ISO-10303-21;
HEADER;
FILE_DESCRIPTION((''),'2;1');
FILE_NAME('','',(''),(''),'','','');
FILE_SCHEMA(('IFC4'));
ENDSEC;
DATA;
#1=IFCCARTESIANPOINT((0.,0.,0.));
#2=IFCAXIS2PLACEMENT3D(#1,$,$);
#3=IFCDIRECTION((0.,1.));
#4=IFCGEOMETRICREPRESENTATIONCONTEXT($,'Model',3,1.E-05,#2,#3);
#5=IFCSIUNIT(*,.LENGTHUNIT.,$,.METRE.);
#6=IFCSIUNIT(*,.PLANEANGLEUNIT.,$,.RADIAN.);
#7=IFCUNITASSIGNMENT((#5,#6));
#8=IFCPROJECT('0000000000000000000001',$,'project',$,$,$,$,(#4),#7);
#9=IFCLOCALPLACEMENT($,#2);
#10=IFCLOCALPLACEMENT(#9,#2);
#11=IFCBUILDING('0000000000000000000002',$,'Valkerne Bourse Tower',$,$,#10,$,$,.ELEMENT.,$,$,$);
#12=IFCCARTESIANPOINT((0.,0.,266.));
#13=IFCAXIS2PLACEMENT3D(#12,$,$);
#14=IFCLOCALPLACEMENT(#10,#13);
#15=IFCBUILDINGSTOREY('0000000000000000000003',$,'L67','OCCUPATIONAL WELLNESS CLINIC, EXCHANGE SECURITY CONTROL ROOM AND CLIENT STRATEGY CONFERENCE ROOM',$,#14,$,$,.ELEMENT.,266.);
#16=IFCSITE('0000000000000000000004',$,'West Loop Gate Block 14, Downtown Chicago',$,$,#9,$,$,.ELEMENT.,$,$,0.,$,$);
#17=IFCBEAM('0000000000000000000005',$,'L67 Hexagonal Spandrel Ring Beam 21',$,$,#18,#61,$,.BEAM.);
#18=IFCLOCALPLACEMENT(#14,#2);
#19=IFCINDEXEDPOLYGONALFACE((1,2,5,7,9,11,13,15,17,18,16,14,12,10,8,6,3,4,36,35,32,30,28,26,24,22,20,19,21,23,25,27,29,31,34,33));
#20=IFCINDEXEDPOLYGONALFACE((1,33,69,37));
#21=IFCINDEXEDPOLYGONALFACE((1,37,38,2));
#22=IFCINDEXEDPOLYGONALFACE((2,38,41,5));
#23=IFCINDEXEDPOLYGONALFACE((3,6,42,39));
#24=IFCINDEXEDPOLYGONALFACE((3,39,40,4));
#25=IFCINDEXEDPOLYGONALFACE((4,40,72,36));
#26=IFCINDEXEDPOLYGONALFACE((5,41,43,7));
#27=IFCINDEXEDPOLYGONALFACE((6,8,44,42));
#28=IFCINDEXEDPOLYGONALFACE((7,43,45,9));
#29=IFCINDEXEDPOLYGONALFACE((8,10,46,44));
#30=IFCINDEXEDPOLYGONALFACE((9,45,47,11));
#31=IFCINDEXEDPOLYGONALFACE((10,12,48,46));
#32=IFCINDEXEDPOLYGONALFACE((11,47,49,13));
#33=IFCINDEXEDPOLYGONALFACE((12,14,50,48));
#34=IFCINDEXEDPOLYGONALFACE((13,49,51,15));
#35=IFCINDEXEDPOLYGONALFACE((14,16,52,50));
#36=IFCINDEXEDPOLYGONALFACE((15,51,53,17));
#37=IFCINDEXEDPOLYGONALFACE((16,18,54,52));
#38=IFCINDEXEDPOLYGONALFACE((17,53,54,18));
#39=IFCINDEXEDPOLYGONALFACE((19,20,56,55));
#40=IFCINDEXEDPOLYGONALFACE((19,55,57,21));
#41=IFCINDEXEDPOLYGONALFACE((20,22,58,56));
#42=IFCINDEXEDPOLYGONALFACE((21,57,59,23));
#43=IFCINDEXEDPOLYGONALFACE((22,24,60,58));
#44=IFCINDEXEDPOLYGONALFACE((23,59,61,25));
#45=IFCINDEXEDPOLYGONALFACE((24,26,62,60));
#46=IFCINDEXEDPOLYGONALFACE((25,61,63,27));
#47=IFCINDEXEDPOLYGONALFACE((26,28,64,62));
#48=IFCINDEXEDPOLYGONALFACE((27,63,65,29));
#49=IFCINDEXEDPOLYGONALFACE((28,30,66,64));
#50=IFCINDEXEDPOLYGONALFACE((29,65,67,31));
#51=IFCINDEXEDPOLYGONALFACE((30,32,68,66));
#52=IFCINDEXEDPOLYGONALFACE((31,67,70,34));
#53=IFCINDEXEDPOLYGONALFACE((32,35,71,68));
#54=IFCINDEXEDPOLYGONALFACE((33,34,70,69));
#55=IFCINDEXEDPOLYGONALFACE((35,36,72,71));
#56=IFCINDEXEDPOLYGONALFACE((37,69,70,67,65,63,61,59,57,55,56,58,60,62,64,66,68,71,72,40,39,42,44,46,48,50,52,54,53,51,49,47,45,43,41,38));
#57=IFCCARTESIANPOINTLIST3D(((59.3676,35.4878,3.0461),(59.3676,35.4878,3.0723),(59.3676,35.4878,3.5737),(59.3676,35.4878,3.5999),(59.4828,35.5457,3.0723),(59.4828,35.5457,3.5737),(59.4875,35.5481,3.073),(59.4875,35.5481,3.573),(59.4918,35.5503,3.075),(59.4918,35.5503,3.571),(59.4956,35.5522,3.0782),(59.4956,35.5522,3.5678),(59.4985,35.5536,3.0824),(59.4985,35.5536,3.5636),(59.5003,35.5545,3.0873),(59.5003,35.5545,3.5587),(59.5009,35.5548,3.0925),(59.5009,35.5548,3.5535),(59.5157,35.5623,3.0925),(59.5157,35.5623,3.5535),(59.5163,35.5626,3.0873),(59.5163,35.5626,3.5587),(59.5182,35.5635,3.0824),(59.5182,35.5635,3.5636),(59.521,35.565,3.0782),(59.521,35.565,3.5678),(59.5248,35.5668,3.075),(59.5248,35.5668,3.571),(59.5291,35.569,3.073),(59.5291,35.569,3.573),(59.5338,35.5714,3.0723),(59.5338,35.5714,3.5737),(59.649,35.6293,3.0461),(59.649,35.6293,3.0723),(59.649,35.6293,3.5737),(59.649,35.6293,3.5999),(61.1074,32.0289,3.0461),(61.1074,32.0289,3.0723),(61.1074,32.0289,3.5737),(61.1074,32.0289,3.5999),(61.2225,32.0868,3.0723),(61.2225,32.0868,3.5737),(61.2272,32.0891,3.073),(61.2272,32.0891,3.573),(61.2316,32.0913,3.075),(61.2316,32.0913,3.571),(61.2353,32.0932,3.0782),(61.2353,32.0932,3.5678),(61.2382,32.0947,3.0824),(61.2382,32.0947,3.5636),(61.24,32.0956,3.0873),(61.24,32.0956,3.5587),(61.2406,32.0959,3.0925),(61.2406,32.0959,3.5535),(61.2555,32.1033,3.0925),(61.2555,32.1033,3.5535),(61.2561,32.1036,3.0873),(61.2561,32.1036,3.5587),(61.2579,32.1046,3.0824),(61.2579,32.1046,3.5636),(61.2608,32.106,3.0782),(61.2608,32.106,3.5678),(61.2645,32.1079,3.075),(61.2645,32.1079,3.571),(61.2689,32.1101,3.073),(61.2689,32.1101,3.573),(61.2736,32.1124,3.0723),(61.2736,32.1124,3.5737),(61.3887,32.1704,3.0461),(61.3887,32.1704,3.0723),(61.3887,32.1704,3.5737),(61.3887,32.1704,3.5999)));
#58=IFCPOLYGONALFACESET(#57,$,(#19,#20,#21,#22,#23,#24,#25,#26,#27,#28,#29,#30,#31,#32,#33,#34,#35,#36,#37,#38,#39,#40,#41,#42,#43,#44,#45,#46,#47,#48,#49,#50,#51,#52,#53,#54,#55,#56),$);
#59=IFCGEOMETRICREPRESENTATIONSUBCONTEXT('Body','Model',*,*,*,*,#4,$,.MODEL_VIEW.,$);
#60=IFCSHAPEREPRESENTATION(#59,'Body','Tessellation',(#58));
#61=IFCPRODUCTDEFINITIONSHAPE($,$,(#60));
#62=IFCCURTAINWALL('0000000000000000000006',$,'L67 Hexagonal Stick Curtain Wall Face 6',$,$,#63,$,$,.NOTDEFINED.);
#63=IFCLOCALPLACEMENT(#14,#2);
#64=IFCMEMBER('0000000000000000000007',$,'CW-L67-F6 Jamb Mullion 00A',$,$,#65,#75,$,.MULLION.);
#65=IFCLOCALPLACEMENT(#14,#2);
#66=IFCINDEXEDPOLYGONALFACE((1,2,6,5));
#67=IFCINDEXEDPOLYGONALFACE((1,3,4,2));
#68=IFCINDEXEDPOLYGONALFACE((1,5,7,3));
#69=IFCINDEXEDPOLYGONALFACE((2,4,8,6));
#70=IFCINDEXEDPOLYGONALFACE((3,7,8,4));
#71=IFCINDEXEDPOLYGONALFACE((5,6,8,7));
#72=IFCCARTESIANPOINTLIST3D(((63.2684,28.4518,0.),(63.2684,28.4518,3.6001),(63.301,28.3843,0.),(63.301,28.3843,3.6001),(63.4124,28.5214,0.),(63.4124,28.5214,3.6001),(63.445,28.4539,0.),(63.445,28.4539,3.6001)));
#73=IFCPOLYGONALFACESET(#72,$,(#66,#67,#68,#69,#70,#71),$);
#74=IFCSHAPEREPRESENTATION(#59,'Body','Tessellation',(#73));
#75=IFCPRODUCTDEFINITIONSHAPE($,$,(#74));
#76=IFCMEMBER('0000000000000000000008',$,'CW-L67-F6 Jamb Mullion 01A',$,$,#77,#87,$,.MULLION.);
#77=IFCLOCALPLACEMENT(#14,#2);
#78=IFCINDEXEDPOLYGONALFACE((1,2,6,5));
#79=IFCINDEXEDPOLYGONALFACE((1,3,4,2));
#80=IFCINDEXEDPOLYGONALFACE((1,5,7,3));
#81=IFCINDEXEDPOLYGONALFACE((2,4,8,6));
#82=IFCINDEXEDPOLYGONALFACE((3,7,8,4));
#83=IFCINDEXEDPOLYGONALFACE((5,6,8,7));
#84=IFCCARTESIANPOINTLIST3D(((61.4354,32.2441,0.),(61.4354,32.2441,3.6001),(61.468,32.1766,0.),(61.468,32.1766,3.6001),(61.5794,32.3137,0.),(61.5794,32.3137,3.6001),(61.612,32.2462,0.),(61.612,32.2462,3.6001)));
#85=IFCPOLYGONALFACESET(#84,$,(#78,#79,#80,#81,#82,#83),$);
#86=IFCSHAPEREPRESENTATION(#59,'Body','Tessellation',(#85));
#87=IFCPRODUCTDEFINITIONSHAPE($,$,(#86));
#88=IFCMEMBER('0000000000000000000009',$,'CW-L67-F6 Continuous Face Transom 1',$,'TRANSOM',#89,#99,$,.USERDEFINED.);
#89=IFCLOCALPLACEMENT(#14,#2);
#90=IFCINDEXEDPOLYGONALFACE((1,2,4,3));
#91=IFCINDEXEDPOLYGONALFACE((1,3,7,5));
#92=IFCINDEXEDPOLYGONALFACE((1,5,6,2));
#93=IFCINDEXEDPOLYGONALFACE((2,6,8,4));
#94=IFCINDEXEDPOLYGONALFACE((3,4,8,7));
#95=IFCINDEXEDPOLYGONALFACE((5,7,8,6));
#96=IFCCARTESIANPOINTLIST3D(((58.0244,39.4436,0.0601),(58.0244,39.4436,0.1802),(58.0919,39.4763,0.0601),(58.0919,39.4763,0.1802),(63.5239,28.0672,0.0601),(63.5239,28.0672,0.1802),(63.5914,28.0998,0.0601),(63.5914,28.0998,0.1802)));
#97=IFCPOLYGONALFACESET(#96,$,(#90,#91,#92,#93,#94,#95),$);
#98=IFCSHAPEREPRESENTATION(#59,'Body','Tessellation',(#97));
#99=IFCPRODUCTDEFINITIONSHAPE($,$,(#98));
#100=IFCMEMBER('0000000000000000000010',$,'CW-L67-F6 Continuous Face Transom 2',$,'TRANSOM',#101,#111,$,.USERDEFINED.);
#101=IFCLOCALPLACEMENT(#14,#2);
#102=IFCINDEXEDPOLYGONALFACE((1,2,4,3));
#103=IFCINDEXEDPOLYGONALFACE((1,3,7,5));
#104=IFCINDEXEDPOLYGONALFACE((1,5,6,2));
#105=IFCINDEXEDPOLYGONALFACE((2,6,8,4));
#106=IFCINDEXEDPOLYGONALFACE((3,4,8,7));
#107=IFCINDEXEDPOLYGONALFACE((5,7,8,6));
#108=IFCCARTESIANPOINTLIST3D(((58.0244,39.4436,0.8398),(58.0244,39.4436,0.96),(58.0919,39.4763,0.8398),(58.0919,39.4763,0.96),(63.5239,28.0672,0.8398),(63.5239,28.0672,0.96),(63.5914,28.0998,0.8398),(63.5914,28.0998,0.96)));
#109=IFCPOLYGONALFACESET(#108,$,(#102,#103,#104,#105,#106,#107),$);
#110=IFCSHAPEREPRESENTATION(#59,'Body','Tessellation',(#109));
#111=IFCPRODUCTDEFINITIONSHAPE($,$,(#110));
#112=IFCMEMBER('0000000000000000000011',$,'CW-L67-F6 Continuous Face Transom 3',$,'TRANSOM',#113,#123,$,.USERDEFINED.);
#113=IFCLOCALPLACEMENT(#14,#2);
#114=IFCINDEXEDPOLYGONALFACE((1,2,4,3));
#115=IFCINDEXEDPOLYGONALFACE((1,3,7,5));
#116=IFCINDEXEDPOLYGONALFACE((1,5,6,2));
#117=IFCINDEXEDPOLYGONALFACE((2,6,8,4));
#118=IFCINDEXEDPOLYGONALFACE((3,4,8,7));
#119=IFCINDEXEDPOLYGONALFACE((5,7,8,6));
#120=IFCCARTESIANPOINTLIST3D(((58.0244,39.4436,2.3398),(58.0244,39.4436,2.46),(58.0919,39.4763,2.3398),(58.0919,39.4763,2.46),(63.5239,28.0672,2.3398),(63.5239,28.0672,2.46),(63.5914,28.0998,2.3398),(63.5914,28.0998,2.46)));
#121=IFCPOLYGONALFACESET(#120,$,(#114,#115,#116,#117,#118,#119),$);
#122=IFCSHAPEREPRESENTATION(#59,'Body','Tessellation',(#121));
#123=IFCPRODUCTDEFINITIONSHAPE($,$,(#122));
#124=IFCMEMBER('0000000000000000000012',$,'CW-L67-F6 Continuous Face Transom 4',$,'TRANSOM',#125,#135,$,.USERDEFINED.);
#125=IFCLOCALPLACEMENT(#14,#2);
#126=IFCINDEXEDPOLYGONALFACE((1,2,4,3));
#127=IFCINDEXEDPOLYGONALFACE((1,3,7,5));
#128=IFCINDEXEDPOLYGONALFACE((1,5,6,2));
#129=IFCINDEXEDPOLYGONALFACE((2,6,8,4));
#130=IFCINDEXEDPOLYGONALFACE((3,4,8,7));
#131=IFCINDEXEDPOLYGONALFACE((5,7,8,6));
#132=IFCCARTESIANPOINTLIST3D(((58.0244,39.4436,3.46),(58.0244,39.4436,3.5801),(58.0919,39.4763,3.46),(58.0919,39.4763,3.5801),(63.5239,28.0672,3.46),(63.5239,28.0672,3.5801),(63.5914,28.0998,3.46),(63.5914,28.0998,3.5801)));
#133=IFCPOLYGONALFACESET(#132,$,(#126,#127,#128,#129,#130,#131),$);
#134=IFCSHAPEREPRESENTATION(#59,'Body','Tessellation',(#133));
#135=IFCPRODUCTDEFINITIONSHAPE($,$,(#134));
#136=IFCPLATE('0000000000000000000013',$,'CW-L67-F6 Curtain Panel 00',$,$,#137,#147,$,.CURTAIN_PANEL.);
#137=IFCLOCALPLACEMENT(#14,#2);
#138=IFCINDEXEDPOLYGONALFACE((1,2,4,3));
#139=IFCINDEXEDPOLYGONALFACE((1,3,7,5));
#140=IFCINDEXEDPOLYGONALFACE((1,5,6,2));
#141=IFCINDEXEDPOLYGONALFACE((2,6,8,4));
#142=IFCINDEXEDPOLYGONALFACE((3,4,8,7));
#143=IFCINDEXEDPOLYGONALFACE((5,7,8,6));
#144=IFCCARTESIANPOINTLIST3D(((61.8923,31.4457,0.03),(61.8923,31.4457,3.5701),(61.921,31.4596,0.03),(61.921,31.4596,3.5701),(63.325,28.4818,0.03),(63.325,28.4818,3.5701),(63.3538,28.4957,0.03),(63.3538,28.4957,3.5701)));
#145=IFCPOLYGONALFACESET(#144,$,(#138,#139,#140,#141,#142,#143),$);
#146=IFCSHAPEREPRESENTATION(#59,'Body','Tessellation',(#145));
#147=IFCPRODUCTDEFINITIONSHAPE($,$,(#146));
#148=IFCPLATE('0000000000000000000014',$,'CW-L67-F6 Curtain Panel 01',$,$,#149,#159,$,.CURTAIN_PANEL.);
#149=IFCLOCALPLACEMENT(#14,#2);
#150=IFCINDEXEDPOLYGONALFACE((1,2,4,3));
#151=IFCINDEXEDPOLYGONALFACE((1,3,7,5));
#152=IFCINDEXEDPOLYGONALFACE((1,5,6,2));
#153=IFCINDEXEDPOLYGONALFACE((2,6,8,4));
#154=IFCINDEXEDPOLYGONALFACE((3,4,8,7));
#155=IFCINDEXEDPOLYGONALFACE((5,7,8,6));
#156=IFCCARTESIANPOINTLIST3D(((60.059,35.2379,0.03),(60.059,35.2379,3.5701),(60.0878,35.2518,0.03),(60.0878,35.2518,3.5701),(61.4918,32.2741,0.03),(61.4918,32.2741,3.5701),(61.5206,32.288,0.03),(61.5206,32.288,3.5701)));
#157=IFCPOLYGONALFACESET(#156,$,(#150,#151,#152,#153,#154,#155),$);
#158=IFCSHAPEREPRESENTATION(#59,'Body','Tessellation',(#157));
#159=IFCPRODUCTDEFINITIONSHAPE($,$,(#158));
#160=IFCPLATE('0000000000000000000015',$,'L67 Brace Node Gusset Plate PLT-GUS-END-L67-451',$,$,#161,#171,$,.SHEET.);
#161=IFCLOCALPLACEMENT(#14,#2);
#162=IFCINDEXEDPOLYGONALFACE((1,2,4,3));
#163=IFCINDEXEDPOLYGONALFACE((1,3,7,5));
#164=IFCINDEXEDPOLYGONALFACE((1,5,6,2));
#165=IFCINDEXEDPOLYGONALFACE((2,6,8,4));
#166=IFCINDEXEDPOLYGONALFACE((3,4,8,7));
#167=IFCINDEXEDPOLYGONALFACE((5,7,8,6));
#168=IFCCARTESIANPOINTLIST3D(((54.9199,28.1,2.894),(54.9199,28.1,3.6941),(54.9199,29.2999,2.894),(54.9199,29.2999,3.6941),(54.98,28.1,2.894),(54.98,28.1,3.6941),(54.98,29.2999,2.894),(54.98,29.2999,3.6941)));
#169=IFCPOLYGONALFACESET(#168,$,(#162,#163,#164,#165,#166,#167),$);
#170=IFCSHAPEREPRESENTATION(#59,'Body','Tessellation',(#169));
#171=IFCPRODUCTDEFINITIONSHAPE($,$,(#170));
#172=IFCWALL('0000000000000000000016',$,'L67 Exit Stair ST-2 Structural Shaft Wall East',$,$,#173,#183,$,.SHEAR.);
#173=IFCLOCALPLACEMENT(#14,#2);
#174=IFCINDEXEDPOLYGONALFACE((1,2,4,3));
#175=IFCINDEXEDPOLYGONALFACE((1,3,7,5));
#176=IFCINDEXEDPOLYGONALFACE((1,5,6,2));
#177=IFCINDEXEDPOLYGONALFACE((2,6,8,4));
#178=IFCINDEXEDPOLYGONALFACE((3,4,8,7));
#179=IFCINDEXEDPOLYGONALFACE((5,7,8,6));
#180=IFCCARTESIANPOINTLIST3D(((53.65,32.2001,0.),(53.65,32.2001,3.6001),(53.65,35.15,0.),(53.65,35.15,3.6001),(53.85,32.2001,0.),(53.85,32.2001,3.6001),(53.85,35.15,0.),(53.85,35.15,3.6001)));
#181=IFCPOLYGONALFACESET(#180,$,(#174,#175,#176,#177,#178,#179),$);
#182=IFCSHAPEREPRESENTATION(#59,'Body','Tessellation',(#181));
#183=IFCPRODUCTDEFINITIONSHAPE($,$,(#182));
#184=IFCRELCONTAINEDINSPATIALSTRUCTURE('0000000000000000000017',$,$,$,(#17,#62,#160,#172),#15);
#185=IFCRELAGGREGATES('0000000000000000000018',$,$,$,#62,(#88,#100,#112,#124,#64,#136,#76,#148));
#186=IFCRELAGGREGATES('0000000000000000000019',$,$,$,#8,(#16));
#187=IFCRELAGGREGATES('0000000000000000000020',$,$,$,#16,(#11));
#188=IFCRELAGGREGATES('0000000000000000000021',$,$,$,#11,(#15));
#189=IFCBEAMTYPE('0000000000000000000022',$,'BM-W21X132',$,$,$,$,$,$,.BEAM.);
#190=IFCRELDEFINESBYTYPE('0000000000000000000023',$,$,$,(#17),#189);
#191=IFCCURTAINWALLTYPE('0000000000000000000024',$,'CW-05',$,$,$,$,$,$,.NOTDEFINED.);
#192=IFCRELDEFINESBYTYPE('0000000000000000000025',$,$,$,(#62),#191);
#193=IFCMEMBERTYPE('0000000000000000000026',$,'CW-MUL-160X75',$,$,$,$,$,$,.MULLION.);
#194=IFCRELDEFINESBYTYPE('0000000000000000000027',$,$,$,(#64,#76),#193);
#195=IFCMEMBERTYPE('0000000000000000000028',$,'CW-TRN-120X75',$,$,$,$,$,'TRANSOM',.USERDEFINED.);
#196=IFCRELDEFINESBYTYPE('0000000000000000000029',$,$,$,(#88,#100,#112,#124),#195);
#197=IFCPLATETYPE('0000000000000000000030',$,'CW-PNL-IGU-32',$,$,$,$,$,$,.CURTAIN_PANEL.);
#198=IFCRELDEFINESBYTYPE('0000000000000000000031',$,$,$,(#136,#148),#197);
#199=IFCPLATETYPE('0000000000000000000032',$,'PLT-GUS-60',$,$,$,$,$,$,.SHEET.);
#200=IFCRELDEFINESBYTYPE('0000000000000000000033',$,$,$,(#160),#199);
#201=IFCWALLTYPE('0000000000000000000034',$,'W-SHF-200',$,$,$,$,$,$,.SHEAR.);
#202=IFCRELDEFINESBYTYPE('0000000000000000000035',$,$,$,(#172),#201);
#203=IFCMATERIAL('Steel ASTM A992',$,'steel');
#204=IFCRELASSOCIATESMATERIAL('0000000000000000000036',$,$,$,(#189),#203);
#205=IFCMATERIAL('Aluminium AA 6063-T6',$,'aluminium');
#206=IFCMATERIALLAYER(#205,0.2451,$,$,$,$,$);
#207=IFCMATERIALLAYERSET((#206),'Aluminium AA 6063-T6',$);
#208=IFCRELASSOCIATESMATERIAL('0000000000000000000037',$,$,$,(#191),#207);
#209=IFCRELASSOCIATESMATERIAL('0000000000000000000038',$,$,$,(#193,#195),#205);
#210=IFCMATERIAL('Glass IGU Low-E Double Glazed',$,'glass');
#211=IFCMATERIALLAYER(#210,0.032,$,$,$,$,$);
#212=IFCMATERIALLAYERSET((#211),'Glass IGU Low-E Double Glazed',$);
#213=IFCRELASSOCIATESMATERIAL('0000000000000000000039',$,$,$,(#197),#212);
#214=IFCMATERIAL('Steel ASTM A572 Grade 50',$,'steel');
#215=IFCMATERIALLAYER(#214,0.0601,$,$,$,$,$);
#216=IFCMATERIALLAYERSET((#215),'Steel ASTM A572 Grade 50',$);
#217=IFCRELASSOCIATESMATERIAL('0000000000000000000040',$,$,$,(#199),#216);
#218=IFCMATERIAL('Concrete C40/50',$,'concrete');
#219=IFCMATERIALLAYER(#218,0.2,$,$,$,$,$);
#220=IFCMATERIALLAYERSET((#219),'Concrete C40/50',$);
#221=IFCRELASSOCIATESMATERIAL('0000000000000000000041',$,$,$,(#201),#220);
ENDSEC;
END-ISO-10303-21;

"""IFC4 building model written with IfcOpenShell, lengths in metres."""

from ifc_helpers import new_model, si_unit, direction, frame, frame_2d, origin, origin_2d, place, context, subcontext, project, spatial, rectangle, i_section, extrude, material, layer, layer_set, material_profile, profile_set, type_object, element, aggregate, save


model = new_model("IFC4")

# Units and contexts
model_context = context("Model", 3, precision=1e-05, world=origin(), true_north=direction((0.0, 1.0)))
body_context = subcontext(model_context, "Body", "Model", "MODEL_VIEW")
ifc_project = project(units=[si_unit("LENGTHUNIT", "METRE"), si_unit("PLANEANGLEUNIT", "RADIAN")], contexts=[model_context])

# Site, building, storey
site_placement = place(None, origin())
site = spatial("IfcSite", under=ifc_project, at=site_placement, Name="West Loop Gate Block 14, Downtown Chicago", CompositionType="ELEMENT", RefElevation=0.0)
building_placement = place(site_placement, origin())
building = spatial("IfcBuilding", under=site, at=building_placement, Name="Valkerne Bourse Tower", CompositionType="ELEMENT")
storey_placement = place(building_placement, frame((0.0, 0.0, 266.0)))
storey = spatial("IfcBuildingStorey", under=building, at=storey_placement, Name="L67", Description="OCCUPATIONAL WELLNESS CLINIC, EXCHANGE SECURITY CONTROL ROOM AND CLIENT STRATEGY CONFERENCE ROOM", CompositionType="ELEMENT", Elevation=266.0)

# Beam
ifc_material_1 = material(Name="Steel ASTM A992", Category="steel")
ifc_material_profile_1 = material_profile(ifc_material_1, i_section(OverallWidth=0.3149, OverallDepth=0.5537, WebThickness=0.0166, FlangeThickness=0.0261, FilletRadius=0.0203, at=origin_2d()), Name="W21X132")
ifc_profile_set_1 = profile_set([ifc_material_profile_1], Name="Steel ASTM A992")
beam_type_1 = type_object("IfcBeamType", Name="BM-W21X132", PredefinedType="BEAM", material=ifc_profile_set_1)
for number, where, z_axis, x_axis, name in (
    (1, (61.248, 32.0996, 3.323), (-0.449331, 0.893365, 0.0), (-0.893365, -0.449331, 0.0), "L67 Hexagonal Spandrel Ring Beam 21"),
):
    element("IfcBeam", number, at=place(storey_placement, frame(where, z_axis=z_axis, x_axis=x_axis)), inside=storey, type_object=beam_type_1, Name=name, PredefinedType="BEAM", context=body_context, shape_type="SweptSolid", body=[
        extrude(i_section(OverallWidth=0.3149, OverallDepth=0.5537, WebThickness=0.0166, FlangeThickness=0.0261, FilletRadius=0.0203, at=origin_2d()), origin(), (0.0, 0.0, 1.0), 3.8718),
    ])

# Curtain wall, members, plates
ifc_material_2 = material(Name="Aluminium AA 6063-T6", Category="aluminium")
ifc_layer_1 = layer(ifc_material_2, 0.2451)
ifc_layer_set_1 = layer_set([ifc_layer_1], Name="Aluminium AA 6063-T6")
curtain_wall_type = type_object("IfcCurtainWallType", Name="CW-05", PredefinedType="NOTDEFINED", material=ifc_layer_set_1)
curtain_wall_placement = place(storey_placement, origin())
curtain_wall = element("IfcCurtainWall", 2, at=curtain_wall_placement, inside=storey, type_object=curtain_wall_type, Name="L67 Hexagonal Stick Curtain Wall Face 6", PredefinedType="NOTDEFINED")
ifc_material_profile_2 = material_profile(ifc_material_2, rectangle(XDim=0.075, YDim=0.1599, at=origin_2d()), Name="CWM-75X160")
ifc_profile_set_2 = profile_set([ifc_material_profile_2], Name="Aluminium AA 6063-T6")
member_type_1 = type_object("IfcMemberType", Name="CW-MUL-160X75", PredefinedType="MULLION", material=ifc_profile_set_2)
member_1_placement = place(storey_placement, frame((63.3567, 28.4529, 0.0), z_axis=(0.0, 0.0, 1.0), x_axis=(-0.435236, 0.900316, 0.0)))
member_1 = element("IfcMember", 3, at=member_1_placement, type_object=member_type_1, Name="CW-L67-F6 Jamb Mullion 00A", PredefinedType="MULLION", context=body_context, shape_type="SweptSolid", body=[
    extrude(rectangle(XDim=0.075, YDim=0.1599, at=origin_2d()), origin(), (0.0, 0.0, 1.0), 3.6001),
])
member_2_placement = place(storey_placement, frame((61.5237, 32.2451, 0.0), z_axis=(0.0, 0.0, 1.0), x_axis=(-0.435236, 0.900316, 0.0)))
member_2 = element("IfcMember", 4, at=member_2_placement, type_object=member_type_1, Name="CW-L67-F6 Jamb Mullion 01A", PredefinedType="MULLION", context=body_context, shape_type="SweptSolid", body=[
    extrude(rectangle(XDim=0.075, YDim=0.1599, at=origin_2d()), origin(), (0.0, 0.0, 1.0), 3.6001),
])
ifc_material_profile_3 = material_profile(ifc_material_2, rectangle(XDim=0.075, YDim=0.1201, at=origin_2d()), Name="CWT-75X120")
ifc_profile_set_3 = profile_set([ifc_material_profile_3], Name="Aluminium AA 6063-T6")
member_type_2 = type_object("IfcMemberType", Name="CW-TRN-120X75", ElementType="TRANSOM", PredefinedType="USERDEFINED", material=ifc_profile_set_3)
member_3_placement = place(storey_placement, frame((63.5576, 28.0835, 0.1201), z_axis=(-0.435226, 0.900321, 0.0), x_axis=(-0.900321, -0.435226, 0.0)))
member_3 = element("IfcMember", 5, at=member_3_placement, type_object=member_type_2, Name="CW-L67-F6 Continuous Face Transom 1", ObjectType="TRANSOM", PredefinedType="USERDEFINED", context=body_context, shape_type="SweptSolid", body=[
    extrude(rectangle(XDim=0.075, YDim=0.1201, at=origin_2d()), origin(), (0.0, 0.0, 1.0), 12.636),
])
member_4_placement = place(storey_placement, frame((63.5576, 28.0835, 0.8999), z_axis=(-0.435226, 0.900321, 0.0), x_axis=(-0.900321, -0.435226, 0.0)))
member_4 = element("IfcMember", 6, at=member_4_placement, type_object=member_type_2, Name="CW-L67-F6 Continuous Face Transom 2", ObjectType="TRANSOM", PredefinedType="USERDEFINED", context=body_context, shape_type="SweptSolid", body=[
    extrude(rectangle(XDim=0.075, YDim=0.1201, at=origin_2d()), origin(), (0.0, 0.0, 1.0), 12.636),
])
member_5_placement = place(storey_placement, frame((63.5576, 28.0835, 2.3999), z_axis=(-0.435226, 0.900321, 0.0), x_axis=(-0.900321, -0.435226, 0.0)))
member_5 = element("IfcMember", 7, at=member_5_placement, type_object=member_type_2, Name="CW-L67-F6 Continuous Face Transom 3", ObjectType="TRANSOM", PredefinedType="USERDEFINED", context=body_context, shape_type="SweptSolid", body=[
    extrude(rectangle(XDim=0.075, YDim=0.1201, at=origin_2d()), origin(), (0.0, 0.0, 1.0), 12.636),
])
member_6_placement = place(storey_placement, frame((63.5576, 28.0835, 3.52), z_axis=(-0.435226, 0.900321, 0.0), x_axis=(-0.900321, -0.435226, 0.0)))
member_6 = element("IfcMember", 8, at=member_6_placement, type_object=member_type_2, Name="CW-L67-F6 Continuous Face Transom 4", ObjectType="TRANSOM", PredefinedType="USERDEFINED", context=body_context, shape_type="SweptSolid", body=[
    extrude(rectangle(XDim=0.075, YDim=0.1201, at=origin_2d()), origin(), (0.0, 0.0, 1.0), 12.636),
])
ifc_material_3 = material(Name="Glass IGU Low-E Double Glazed", Category="glass")
ifc_layer_2 = layer(ifc_material_3, 0.032)
ifc_layer_set_2 = layer_set([ifc_layer_2], Name="Glass IGU Low-E Double Glazed")
plate_type_1 = type_object("IfcPlateType", Name="CW-PNL-IGU-32", PredefinedType="CURTAIN_PANEL", material=ifc_layer_set_2)
plate_1_placement = place(storey_placement, frame((62.623, 29.9707, 0.03), z_axis=(0.0, 0.0, 1.0), x_axis=(-0.435236, 0.900316, 0.0)))
plate_1 = element("IfcPlate", 9, at=plate_1_placement, type_object=plate_type_1, Name="CW-L67-F6 Curtain Panel 00", PredefinedType="CURTAIN_PANEL", context=body_context, shape_type="SweptSolid", body=[
    extrude(rectangle(XDim=3.292, YDim=0.032, at=origin_2d()), origin(), (0.0, 0.0, 1.0), 3.54),
])
plate_2_placement = place(storey_placement, frame((60.7898, 33.7629, 0.03), z_axis=(0.0, 0.0, 1.0), x_axis=(-0.435236, 0.900316, 0.0)))
plate_2 = element("IfcPlate", 10, at=plate_2_placement, type_object=plate_type_1, Name="CW-L67-F6 Curtain Panel 01", PredefinedType="CURTAIN_PANEL", context=body_context, shape_type="SweptSolid", body=[
    extrude(rectangle(XDim=3.292, YDim=0.032, at=origin_2d()), origin(), (0.0, 0.0, 1.0), 3.54),
])
aggregate(curtain_wall, [member_3, member_4, member_5, member_6, member_1, plate_1, member_2, plate_2])

# Plate
ifc_material_4 = material(Name="Steel ASTM A572 Grade 50", Category="steel")
ifc_layer_3 = layer(ifc_material_4, 0.0601)
ifc_layer_set_3 = layer_set([ifc_layer_3], Name="Steel ASTM A572 Grade 50")
plate_type_2 = type_object("IfcPlateType", Name="PLT-GUS-60", PredefinedType="SHEET", material=ifc_layer_set_3)
plate_3_placement = place(storey_placement, frame((54.95, 28.7, 2.894), z_axis=(0.0, 0.0, 1.0), x_axis=(0.0, 1.0, 0.0)))
element("IfcPlate", 11, at=plate_3_placement, inside=storey, type_object=plate_type_2, Name="L67 Brace Node Gusset Plate PLT-GUS-END-L67-451", PredefinedType="SHEET", context=body_context, shape_type="SweptSolid", body=[
    extrude(rectangle(XDim=1.2, YDim=0.0601, at=origin_2d()), origin(), (0.0, 0.0, 1.0), 0.8),
])

# Wall
ifc_material_5 = material(Name="Concrete C40/50", Category="concrete")
ifc_layer_4 = layer(ifc_material_5, 0.2)
ifc_layer_set_4 = layer_set([ifc_layer_4], Name="Concrete C40/50")
wall_type = type_object("IfcWallType", Name="W-SHF-200", PredefinedType="SHEAR", material=ifc_layer_set_4)
wall_placement = place(storey_placement, frame((53.75, 32.2, 0.0), z_axis=(0.0, 0.0, 1.0), x_axis=(0.0, 1.0, 0.0)))
element("IfcWall", 12, at=wall_placement, inside=storey, type_object=wall_type, Name="L67 Exit Stair ST-2 Structural Shaft Wall East", PredefinedType="SHEAR", context=body_context, shape_type="SweptSolid", body=[
    extrude(rectangle(XDim=2.95, YDim=0.2, at=frame_2d((1.4751, 0.0))), origin(), (0.0, 0.0, 1.0), 3.6001),
])

save(model, "model.ifc")
